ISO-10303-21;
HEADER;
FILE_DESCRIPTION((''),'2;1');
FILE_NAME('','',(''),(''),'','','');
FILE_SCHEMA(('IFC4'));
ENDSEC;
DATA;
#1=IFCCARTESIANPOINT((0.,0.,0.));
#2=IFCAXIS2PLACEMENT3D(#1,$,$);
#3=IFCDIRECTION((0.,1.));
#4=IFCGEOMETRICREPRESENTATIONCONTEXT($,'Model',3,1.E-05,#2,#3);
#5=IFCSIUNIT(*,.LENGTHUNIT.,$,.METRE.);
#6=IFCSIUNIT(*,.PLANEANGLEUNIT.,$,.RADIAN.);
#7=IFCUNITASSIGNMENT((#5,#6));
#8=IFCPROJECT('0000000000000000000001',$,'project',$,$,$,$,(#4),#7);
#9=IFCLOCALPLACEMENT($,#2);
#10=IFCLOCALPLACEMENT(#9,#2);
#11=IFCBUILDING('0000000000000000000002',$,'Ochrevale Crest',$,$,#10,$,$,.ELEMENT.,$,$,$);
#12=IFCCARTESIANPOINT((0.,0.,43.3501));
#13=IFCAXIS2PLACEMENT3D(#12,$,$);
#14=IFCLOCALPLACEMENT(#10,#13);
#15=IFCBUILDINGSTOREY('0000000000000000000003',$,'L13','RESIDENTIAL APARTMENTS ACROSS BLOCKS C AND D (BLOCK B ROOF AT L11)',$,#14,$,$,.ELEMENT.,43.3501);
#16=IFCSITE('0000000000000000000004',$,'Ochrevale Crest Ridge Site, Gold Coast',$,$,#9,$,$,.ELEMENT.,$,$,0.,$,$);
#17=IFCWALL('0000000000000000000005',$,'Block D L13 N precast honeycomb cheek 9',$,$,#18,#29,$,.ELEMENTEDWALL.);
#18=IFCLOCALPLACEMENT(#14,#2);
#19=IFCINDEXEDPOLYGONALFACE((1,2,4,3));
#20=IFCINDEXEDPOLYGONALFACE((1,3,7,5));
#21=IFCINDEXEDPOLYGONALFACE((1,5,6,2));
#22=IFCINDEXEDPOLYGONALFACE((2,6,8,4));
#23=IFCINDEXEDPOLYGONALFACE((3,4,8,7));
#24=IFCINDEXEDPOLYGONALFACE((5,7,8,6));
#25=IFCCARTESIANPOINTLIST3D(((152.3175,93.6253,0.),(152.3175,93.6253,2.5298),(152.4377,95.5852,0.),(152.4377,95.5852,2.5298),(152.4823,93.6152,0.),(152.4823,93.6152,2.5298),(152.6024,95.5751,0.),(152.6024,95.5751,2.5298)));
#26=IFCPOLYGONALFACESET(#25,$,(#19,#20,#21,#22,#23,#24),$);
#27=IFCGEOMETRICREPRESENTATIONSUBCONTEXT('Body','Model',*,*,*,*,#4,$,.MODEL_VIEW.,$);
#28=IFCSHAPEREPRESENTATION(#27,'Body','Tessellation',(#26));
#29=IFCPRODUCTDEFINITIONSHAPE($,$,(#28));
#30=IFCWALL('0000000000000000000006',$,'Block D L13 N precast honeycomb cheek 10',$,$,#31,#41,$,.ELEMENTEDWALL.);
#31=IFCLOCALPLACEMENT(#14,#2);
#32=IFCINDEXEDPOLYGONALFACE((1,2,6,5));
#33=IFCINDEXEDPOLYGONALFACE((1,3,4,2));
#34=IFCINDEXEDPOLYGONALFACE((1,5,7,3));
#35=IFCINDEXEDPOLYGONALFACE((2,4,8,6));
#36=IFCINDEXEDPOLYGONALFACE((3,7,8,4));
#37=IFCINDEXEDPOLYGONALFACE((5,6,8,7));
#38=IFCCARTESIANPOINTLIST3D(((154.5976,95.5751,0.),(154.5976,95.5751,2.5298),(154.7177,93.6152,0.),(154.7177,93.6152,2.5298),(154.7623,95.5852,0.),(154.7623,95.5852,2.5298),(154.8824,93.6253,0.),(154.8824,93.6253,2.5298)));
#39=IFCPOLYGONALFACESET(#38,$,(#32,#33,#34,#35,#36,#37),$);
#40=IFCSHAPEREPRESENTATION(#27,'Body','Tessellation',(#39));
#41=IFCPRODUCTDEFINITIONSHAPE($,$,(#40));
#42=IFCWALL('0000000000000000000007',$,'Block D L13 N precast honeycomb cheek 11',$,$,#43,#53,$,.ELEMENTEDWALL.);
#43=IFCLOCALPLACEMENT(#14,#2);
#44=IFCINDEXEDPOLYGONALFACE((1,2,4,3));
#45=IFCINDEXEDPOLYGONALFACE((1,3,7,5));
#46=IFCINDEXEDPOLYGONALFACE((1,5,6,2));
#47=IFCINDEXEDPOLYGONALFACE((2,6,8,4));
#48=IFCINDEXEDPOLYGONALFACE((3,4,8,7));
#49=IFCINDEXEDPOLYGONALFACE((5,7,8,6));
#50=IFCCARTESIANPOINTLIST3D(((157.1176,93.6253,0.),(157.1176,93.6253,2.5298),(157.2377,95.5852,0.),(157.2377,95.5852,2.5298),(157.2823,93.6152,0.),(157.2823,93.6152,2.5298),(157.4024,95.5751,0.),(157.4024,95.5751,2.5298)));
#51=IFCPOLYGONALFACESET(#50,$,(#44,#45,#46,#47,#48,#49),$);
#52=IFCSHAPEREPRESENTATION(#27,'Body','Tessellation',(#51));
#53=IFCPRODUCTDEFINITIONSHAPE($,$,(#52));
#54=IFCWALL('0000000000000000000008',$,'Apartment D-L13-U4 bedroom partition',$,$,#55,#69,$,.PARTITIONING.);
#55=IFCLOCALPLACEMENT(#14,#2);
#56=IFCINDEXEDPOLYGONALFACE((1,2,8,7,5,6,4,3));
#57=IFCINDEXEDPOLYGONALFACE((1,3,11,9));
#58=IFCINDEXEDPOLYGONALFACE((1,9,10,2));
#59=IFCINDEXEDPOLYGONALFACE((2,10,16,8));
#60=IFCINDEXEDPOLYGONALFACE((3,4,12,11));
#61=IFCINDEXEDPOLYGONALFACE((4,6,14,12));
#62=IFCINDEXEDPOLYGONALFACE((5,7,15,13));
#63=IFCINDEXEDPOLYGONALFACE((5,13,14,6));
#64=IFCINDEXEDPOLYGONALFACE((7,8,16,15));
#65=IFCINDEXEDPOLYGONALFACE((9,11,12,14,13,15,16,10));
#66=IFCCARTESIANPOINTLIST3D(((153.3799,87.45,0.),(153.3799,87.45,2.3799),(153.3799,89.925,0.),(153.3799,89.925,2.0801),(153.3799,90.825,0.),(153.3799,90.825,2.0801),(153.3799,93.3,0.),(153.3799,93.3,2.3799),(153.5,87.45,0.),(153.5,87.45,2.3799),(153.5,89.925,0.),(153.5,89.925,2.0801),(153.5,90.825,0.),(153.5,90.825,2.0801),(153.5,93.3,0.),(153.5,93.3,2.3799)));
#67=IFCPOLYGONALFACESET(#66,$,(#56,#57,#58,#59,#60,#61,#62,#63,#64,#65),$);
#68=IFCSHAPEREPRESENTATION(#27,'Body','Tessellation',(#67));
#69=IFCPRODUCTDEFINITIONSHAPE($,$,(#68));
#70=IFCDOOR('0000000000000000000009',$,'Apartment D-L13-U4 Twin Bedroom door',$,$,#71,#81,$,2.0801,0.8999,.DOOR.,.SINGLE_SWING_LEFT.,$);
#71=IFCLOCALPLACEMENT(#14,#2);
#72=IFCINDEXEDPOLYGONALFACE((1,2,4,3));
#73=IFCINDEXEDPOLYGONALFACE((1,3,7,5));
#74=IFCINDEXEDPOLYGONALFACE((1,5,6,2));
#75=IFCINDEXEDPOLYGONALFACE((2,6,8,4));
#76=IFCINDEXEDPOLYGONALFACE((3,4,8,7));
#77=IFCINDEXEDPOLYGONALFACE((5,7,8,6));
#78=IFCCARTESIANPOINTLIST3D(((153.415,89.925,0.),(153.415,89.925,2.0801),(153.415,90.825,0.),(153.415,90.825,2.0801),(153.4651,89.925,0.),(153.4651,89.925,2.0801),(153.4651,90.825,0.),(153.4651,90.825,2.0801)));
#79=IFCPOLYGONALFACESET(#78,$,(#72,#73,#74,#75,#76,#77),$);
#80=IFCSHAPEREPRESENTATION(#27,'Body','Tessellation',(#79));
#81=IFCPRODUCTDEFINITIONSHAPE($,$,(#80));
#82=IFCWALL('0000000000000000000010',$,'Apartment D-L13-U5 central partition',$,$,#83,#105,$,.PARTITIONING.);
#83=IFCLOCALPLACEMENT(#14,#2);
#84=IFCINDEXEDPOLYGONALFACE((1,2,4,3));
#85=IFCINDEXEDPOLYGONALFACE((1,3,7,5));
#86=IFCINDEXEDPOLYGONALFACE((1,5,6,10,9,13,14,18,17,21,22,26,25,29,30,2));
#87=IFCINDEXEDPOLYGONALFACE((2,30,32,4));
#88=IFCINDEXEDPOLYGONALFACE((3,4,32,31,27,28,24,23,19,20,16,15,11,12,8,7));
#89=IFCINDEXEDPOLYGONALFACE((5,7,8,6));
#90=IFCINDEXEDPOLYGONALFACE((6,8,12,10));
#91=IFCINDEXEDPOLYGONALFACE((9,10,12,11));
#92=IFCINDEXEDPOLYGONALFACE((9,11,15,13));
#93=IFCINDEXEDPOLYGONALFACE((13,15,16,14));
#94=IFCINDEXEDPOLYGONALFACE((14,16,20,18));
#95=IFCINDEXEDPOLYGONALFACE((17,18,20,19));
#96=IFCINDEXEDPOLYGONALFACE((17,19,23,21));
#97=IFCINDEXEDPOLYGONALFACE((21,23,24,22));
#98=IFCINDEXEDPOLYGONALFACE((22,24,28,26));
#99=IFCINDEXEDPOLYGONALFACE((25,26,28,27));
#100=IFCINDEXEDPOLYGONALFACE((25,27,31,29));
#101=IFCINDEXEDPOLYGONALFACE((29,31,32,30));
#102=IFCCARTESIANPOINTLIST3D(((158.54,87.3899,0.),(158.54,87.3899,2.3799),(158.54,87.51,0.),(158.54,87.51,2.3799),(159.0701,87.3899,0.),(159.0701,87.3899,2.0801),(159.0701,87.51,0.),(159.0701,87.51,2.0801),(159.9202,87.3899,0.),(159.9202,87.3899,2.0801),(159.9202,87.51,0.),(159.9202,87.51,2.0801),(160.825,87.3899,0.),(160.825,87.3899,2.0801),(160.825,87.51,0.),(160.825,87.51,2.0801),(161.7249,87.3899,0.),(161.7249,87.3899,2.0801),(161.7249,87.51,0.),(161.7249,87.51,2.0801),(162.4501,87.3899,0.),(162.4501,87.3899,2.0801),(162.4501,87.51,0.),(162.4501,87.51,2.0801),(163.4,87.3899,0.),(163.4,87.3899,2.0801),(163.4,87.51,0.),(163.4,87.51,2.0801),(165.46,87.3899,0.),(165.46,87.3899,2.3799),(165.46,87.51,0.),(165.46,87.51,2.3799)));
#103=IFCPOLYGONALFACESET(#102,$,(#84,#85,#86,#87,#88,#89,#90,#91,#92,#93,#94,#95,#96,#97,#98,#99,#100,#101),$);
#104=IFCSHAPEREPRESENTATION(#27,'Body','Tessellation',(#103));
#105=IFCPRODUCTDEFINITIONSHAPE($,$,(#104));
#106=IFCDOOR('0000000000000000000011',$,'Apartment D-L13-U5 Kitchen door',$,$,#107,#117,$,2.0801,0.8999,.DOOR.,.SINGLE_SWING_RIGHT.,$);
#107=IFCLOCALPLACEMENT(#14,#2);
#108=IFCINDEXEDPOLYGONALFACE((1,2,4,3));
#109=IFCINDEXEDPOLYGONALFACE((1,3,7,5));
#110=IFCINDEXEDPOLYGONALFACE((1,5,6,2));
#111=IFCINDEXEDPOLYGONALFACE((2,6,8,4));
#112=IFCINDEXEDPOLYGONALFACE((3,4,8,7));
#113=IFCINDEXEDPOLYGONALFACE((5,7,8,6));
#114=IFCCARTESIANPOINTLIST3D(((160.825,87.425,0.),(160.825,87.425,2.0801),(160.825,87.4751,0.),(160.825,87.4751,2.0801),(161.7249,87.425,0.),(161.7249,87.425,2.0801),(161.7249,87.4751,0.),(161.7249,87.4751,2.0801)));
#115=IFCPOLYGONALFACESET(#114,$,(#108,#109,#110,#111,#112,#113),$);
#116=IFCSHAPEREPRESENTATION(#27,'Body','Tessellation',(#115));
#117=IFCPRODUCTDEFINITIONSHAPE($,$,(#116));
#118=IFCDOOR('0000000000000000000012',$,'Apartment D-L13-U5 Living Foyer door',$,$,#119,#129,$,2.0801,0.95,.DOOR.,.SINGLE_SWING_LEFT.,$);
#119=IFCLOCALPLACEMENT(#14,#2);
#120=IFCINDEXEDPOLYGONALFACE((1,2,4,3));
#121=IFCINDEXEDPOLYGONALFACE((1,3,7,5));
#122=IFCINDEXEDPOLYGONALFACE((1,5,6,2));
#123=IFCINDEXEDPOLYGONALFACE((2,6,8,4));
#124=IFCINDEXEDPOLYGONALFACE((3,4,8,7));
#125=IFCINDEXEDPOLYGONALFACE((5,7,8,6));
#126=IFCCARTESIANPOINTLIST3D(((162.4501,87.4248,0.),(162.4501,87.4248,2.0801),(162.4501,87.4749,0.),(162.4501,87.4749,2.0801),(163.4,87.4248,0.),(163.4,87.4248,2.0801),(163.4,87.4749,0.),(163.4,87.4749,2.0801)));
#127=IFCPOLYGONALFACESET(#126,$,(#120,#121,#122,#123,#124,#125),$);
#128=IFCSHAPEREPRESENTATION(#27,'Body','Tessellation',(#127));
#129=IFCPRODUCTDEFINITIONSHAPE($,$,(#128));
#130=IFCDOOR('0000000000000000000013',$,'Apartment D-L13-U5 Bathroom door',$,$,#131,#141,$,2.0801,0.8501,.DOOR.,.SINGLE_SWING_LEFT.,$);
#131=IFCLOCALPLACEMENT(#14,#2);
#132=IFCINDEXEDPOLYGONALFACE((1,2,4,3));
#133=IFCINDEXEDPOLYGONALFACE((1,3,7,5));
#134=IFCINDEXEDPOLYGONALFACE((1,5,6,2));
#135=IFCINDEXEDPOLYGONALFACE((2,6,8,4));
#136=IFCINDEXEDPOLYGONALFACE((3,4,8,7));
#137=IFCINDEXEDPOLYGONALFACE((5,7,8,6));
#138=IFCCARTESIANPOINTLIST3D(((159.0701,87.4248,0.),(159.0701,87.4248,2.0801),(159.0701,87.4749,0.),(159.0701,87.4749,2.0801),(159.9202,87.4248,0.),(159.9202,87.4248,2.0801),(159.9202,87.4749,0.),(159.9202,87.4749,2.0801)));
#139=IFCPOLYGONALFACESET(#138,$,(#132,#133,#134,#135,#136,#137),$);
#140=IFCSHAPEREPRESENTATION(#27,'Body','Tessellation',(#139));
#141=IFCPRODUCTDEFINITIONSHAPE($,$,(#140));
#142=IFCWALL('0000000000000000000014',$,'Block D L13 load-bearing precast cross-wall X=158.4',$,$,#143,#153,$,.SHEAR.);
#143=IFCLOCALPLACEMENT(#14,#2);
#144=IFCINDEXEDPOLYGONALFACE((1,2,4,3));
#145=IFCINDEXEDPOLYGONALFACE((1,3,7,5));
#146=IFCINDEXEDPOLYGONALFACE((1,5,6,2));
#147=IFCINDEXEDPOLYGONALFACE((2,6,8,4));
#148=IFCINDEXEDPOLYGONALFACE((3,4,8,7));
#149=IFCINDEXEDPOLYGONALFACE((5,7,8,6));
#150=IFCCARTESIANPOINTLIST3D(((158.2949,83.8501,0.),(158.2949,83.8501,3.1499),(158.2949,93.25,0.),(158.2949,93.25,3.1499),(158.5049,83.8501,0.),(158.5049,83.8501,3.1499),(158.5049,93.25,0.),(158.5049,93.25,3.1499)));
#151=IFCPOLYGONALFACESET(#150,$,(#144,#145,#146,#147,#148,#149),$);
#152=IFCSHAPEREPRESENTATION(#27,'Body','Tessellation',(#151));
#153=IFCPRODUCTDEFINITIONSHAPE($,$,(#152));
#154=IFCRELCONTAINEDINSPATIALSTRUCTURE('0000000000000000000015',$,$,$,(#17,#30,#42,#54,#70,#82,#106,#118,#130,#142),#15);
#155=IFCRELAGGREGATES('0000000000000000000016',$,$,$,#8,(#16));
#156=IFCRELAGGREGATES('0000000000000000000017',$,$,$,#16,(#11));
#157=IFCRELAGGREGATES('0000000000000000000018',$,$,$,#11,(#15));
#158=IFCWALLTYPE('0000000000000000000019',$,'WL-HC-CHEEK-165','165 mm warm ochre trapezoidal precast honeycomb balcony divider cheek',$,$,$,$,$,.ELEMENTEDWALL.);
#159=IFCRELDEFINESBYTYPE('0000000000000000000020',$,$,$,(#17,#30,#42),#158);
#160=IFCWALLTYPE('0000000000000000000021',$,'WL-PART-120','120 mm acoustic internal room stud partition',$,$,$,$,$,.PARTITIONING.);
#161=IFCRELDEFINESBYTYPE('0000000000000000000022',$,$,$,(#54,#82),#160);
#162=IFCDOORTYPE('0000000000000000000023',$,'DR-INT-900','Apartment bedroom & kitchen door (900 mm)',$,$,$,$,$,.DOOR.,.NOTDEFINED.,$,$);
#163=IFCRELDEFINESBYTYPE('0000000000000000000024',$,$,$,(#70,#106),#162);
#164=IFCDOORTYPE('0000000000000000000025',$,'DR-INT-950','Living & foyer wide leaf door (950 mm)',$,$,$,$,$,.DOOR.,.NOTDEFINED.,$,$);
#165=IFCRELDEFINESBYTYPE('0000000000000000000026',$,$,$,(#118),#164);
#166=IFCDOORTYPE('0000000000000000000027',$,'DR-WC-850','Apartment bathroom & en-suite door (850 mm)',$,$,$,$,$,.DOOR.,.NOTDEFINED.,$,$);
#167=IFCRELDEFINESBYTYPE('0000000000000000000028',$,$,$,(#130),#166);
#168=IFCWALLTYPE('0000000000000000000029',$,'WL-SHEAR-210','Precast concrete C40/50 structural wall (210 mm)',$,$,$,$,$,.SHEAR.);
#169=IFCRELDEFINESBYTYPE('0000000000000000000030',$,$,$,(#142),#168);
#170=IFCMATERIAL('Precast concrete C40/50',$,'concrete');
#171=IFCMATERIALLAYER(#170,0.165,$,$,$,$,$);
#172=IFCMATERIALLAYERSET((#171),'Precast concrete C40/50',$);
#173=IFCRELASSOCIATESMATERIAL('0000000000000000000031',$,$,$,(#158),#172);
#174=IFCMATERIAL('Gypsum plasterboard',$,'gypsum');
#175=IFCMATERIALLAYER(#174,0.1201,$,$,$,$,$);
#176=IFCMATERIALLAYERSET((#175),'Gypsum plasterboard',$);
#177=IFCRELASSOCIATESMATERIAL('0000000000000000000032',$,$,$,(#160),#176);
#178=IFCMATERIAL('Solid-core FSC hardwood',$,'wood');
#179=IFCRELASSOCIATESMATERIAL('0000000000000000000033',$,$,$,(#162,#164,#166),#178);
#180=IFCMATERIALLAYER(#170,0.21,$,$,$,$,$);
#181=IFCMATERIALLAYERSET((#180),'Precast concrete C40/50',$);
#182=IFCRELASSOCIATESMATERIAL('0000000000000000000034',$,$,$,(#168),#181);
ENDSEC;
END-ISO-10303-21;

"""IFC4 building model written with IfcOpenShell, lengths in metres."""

from ifc_helpers import new_model, si_unit, direction, frame, frame_2d, origin, place, context, subcontext, project, spatial, rectangle, extrude, material, layer, layer_set, type_object, element, fill, save


model = new_model("IFC4")

# Units and contexts
model_context = context("Model", 3, precision=1e-05, world=origin(), true_north=direction((0.0, 1.0)))
body_context = subcontext(model_context, "Body", "Model", "MODEL_VIEW")
ifc_project = project(units=[si_unit("LENGTHUNIT", "METRE"), si_unit("PLANEANGLEUNIT", "RADIAN")], contexts=[model_context])

# Site, building, storey
site_placement = place(None, origin())
site = spatial("IfcSite", under=ifc_project, at=site_placement, Name="Ochrevale Crest Ridge Site, Gold Coast", CompositionType="ELEMENT", RefElevation=0.0)
building_placement = place(site_placement, origin())
building = spatial("IfcBuilding", under=site, at=building_placement, Name="Ochrevale Crest", CompositionType="ELEMENT")
storey_placement = place(building_placement, frame((0.0, 0.0, 43.3501)))
storey = spatial("IfcBuildingStorey", under=building, at=storey_placement, Name="L13", Description="RESIDENTIAL APARTMENTS ACROSS BLOCKS C AND D (BLOCK B ROOF AT L11)", CompositionType="ELEMENT", Elevation=43.3501)

# Shared definitions
ifc_material_1 = material(Name="Precast concrete C40/50", Category="concrete")

# Walls
ifc_layer_1 = layer(ifc_material_1, 0.165)
ifc_layer_set_1 = layer_set([ifc_layer_1], Name="Precast concrete C40/50")
wall_type_1 = type_object("IfcWallType", Name="WL-HC-CHEEK-165", Description="165 mm warm ochre trapezoidal precast honeycomb balcony divider cheek", PredefinedType="ELEMENTEDWALL", material=ifc_layer_set_1)
for number, where, z_axis, x_axis, name in (
    (1, (152.3999, 93.6201, 0.0), (0.0, 0.0, 1.0), (0.061171, 0.998127, 0.0), "Block D L13 N precast honeycomb cheek 9"),
    (2, (154.8, 93.6201, 0.0), (0.0, 0.0, 1.0), (-0.061171, 0.998127, 0.0), "Block D L13 N precast honeycomb cheek 10"),
    (3, (157.2, 93.6201, 0.0), (0.0, 0.0, 1.0), (0.061171, 0.998127, 0.0), "Block D L13 N precast honeycomb cheek 11"),
):
    element("IfcWall", number, at=place(storey_placement, frame(where, z_axis=z_axis, x_axis=x_axis)), inside=storey, type_object=wall_type_1, Name=name, PredefinedType="ELEMENTEDWALL", context=body_context, shape_type="SweptSolid", body=[
        extrude(rectangle(XDim=1.9636, YDim=0.165, at=frame_2d((0.9819, 0.0))), origin(), (0.0, 0.0, 1.0), 2.5298),
    ])

# Wall, opening, door
ifc_material_2 = material(Name="Gypsum plasterboard", Category="gypsum")
ifc_layer_2 = layer(ifc_material_2, 0.1201)
ifc_layer_set_2 = layer_set([ifc_layer_2], Name="Gypsum plasterboard")
wall_type_2 = type_object("IfcWallType", Name="WL-PART-120", Description="120 mm acoustic internal room stud partition", PredefinedType="PARTITIONING", material=ifc_layer_set_2)
wall_1_placement = place(storey_placement, frame((153.4399, 87.45, 0.0), z_axis=(0.0, 0.0, 1.0), x_axis=(0.0, 1.0, 0.0)))
wall_1 = element("IfcWall", 4, at=wall_1_placement, inside=storey, type_object=wall_type_2, Name="Apartment D-L13-U4 bedroom partition", PredefinedType="PARTITIONING", context=body_context, shape_type="SweptSolid", body=[
    extrude(rectangle(XDim=5.8501, YDim=0.1201, at=frame_2d((2.925, 0.0))), origin(), (0.0, 0.0, 1.0), 2.3799),
])
opening_1_placement = place(wall_1_placement, frame((2.4751, 0.0, 0.0)))
opening_1 = element("IfcOpeningElement", 5, at=opening_1_placement, cuts=wall_1, PredefinedType="OPENING", context=body_context, shape_type="SweptSolid", body=[
    extrude(rectangle(XDim=0.8999, YDim=2.0801, at=frame_2d((0.45, 1.04))), frame((0.0, 0.0701, 0.0), z_axis=(0.0, -1.0, 0.0), x_axis=(1.0, 0.0, 0.0)), (0.0, 0.0, 1.0), 0.1401),
])
ifc_material_3 = material(Name="Solid-core FSC hardwood", Category="wood")
door_type_1 = type_object("IfcDoorType", Name="DR-INT-900", Description="Apartment bedroom & kitchen door (900 mm)", OperationType="NOTDEFINED", PredefinedType="DOOR", material=ifc_material_3)
door_1_placement = place(opening_1_placement, origin())
door_1 = element("IfcDoor", 6, at=door_1_placement, inside=storey, type_object=door_type_1, Name="Apartment D-L13-U4 Twin Bedroom door", OperationType="SINGLE_SWING_LEFT", OverallHeight=2.0801, OverallWidth=0.8999, PredefinedType="DOOR", context=body_context, shape_type="SweptSolid", body=[
    extrude(rectangle(XDim=0.8999, YDim=2.0801, at=frame_2d((0.45, 1.04))), frame((0.0, 0.0249, 0.0), z_axis=(0.0, -1.0, 0.0), x_axis=(1.0, 0.0, 0.0)), (0.0, 0.0, 1.0), 0.05),
])
fill(opening_1, door_1)

# Wall, openings, doors
wall_2_placement = place(storey_placement, frame((158.54, 87.45, 0.0), z_axis=(0.0, 0.0, 1.0), x_axis=(1.0, 0.0, 0.0)))
wall_2 = element("IfcWall", 7, at=wall_2_placement, inside=storey, type_object=wall_type_2, Name="Apartment D-L13-U5 central partition", PredefinedType="PARTITIONING", context=body_context, shape_type="SweptSolid", body=[
    extrude(rectangle(XDim=6.9199, YDim=0.1201, at=frame_2d((3.46, 0.0))), origin(), (0.0, 0.0, 1.0), 2.3799),
])
opening_2_placement = place(wall_2_placement, frame((0.53, 0.0, 0.0)))
opening_2 = element("IfcOpeningElement", 8, at=opening_2_placement, cuts=wall_2, PredefinedType="OPENING", context=body_context, shape_type="SweptSolid", body=[
    extrude(rectangle(XDim=0.8501, YDim=2.0801, at=frame_2d((0.425, 1.04))), frame((0.0, 0.0701, 0.0), z_axis=(0.0, -1.0, 0.0), x_axis=(1.0, 0.0, 0.0)), (0.0, 0.0, 1.0), 0.1401),
])
opening_3_placement = place(wall_2_placement, frame((3.1848, 0.0, 0.0), z_axis=(0.0, 0.0, 1.0), x_axis=(-1.0, 0.0, 0.0)))
opening_3 = element("IfcOpeningElement", 9, at=opening_3_placement, cuts=wall_2, PredefinedType="OPENING", context=body_context, shape_type="SweptSolid", body=[
    extrude(rectangle(XDim=0.8999, YDim=2.0801, at=frame_2d((0.45, 1.04))), frame((0.0, 0.0701, 0.0), z_axis=(0.0, -1.0, 0.0), x_axis=(1.0, 0.0, 0.0)), (0.0, 0.0, 1.0), 0.1401),
])
opening_4_placement = place(wall_2_placement, frame((3.9099, 0.0, 0.0)))
opening_4 = element("IfcOpeningElement", 10, at=opening_4_placement, cuts=wall_2, PredefinedType="OPENING", context=body_context, shape_type="SweptSolid", body=[
    extrude(rectangle(XDim=0.95, YDim=2.0801, at=frame_2d((0.4751, 1.04))), frame((0.0, 0.0701, 0.0), z_axis=(0.0, -1.0, 0.0), x_axis=(1.0, 0.0, 0.0)), (0.0, 0.0, 1.0), 0.1401),
])
door_2_placement = place(opening_3_placement, origin())
door_2 = element("IfcDoor", 11, at=door_2_placement, inside=storey, type_object=door_type_1, Name="Apartment D-L13-U5 Kitchen door", OperationType="SINGLE_SWING_RIGHT", OverallHeight=2.0801, OverallWidth=0.8999, PredefinedType="DOOR", context=body_context, shape_type="SweptSolid", body=[
    extrude(rectangle(XDim=0.8999, YDim=2.0801, at=frame_2d((0.45, 1.04))), frame((0.0, 0.0249, 0.0), z_axis=(0.0, -1.0, 0.0), x_axis=(1.0, 0.0, 0.0)), (0.0, 0.0, 1.0), 0.05),
])
fill(opening_3, door_2)
door_type_2 = type_object("IfcDoorType", Name="DR-INT-950", Description="Living & foyer wide leaf door (950 mm)", OperationType="NOTDEFINED", PredefinedType="DOOR", material=ifc_material_3)
door_3_placement = place(opening_4_placement, origin())
door_3 = element("IfcDoor", 12, at=door_3_placement, inside=storey, type_object=door_type_2, Name="Apartment D-L13-U5 Living Foyer door", OperationType="SINGLE_SWING_LEFT", OverallHeight=2.0801, OverallWidth=0.95, PredefinedType="DOOR", context=body_context, shape_type="SweptSolid", body=[
    extrude(rectangle(XDim=0.95, YDim=2.0801, at=frame_2d((0.4751, 1.04))), frame((0.0, 0.0249, 0.0), z_axis=(0.0, -1.0, 0.0), x_axis=(1.0, 0.0, 0.0)), (0.0, 0.0, 1.0), 0.05),
])
fill(opening_4, door_3)
door_type_3 = type_object("IfcDoorType", Name="DR-WC-850", Description="Apartment bathroom & en-suite door (850 mm)", OperationType="NOTDEFINED", PredefinedType="DOOR", material=ifc_material_3)
door_4_placement = place(opening_2_placement, origin())
door_4 = element("IfcDoor", 13, at=door_4_placement, inside=storey, type_object=door_type_3, Name="Apartment D-L13-U5 Bathroom door", OperationType="SINGLE_SWING_LEFT", OverallHeight=2.0801, OverallWidth=0.8501, PredefinedType="DOOR", context=body_context, shape_type="SweptSolid", body=[
    extrude(rectangle(XDim=0.8501, YDim=2.0801, at=frame_2d((0.425, 1.04))), frame((0.0, 0.0249, 0.0), z_axis=(0.0, -1.0, 0.0), x_axis=(1.0, 0.0, 0.0)), (0.0, 0.0, 1.0), 0.05),
])
fill(opening_2, door_4)

# Wall
ifc_layer_3 = layer(ifc_material_1, 0.21)
ifc_layer_set_3 = layer_set([ifc_layer_3], Name="Precast concrete C40/50")
wall_type_3 = type_object("IfcWallType", Name="WL-SHEAR-210", Description="Precast concrete C40/50 structural wall (210 mm)", PredefinedType="SHEAR", material=ifc_layer_set_3)
wall_3_placement = place(storey_placement, frame((158.3999, 83.8501, 0.0), z_axis=(0.0, 0.0, 1.0), x_axis=(0.0, 1.0, 0.0)))
element("IfcWall", 14, at=wall_3_placement, inside=storey, type_object=wall_type_3, Name="Block D L13 load-bearing precast cross-wall X=158.4", PredefinedType="SHEAR", context=body_context, shape_type="SweptSolid", body=[
    extrude(rectangle(XDim=9.3999, YDim=0.21, at=frame_2d((4.7, 0.0))), origin(), (0.0, 0.0, 1.0), 3.1499),
])

save(model, "model.ifc")
